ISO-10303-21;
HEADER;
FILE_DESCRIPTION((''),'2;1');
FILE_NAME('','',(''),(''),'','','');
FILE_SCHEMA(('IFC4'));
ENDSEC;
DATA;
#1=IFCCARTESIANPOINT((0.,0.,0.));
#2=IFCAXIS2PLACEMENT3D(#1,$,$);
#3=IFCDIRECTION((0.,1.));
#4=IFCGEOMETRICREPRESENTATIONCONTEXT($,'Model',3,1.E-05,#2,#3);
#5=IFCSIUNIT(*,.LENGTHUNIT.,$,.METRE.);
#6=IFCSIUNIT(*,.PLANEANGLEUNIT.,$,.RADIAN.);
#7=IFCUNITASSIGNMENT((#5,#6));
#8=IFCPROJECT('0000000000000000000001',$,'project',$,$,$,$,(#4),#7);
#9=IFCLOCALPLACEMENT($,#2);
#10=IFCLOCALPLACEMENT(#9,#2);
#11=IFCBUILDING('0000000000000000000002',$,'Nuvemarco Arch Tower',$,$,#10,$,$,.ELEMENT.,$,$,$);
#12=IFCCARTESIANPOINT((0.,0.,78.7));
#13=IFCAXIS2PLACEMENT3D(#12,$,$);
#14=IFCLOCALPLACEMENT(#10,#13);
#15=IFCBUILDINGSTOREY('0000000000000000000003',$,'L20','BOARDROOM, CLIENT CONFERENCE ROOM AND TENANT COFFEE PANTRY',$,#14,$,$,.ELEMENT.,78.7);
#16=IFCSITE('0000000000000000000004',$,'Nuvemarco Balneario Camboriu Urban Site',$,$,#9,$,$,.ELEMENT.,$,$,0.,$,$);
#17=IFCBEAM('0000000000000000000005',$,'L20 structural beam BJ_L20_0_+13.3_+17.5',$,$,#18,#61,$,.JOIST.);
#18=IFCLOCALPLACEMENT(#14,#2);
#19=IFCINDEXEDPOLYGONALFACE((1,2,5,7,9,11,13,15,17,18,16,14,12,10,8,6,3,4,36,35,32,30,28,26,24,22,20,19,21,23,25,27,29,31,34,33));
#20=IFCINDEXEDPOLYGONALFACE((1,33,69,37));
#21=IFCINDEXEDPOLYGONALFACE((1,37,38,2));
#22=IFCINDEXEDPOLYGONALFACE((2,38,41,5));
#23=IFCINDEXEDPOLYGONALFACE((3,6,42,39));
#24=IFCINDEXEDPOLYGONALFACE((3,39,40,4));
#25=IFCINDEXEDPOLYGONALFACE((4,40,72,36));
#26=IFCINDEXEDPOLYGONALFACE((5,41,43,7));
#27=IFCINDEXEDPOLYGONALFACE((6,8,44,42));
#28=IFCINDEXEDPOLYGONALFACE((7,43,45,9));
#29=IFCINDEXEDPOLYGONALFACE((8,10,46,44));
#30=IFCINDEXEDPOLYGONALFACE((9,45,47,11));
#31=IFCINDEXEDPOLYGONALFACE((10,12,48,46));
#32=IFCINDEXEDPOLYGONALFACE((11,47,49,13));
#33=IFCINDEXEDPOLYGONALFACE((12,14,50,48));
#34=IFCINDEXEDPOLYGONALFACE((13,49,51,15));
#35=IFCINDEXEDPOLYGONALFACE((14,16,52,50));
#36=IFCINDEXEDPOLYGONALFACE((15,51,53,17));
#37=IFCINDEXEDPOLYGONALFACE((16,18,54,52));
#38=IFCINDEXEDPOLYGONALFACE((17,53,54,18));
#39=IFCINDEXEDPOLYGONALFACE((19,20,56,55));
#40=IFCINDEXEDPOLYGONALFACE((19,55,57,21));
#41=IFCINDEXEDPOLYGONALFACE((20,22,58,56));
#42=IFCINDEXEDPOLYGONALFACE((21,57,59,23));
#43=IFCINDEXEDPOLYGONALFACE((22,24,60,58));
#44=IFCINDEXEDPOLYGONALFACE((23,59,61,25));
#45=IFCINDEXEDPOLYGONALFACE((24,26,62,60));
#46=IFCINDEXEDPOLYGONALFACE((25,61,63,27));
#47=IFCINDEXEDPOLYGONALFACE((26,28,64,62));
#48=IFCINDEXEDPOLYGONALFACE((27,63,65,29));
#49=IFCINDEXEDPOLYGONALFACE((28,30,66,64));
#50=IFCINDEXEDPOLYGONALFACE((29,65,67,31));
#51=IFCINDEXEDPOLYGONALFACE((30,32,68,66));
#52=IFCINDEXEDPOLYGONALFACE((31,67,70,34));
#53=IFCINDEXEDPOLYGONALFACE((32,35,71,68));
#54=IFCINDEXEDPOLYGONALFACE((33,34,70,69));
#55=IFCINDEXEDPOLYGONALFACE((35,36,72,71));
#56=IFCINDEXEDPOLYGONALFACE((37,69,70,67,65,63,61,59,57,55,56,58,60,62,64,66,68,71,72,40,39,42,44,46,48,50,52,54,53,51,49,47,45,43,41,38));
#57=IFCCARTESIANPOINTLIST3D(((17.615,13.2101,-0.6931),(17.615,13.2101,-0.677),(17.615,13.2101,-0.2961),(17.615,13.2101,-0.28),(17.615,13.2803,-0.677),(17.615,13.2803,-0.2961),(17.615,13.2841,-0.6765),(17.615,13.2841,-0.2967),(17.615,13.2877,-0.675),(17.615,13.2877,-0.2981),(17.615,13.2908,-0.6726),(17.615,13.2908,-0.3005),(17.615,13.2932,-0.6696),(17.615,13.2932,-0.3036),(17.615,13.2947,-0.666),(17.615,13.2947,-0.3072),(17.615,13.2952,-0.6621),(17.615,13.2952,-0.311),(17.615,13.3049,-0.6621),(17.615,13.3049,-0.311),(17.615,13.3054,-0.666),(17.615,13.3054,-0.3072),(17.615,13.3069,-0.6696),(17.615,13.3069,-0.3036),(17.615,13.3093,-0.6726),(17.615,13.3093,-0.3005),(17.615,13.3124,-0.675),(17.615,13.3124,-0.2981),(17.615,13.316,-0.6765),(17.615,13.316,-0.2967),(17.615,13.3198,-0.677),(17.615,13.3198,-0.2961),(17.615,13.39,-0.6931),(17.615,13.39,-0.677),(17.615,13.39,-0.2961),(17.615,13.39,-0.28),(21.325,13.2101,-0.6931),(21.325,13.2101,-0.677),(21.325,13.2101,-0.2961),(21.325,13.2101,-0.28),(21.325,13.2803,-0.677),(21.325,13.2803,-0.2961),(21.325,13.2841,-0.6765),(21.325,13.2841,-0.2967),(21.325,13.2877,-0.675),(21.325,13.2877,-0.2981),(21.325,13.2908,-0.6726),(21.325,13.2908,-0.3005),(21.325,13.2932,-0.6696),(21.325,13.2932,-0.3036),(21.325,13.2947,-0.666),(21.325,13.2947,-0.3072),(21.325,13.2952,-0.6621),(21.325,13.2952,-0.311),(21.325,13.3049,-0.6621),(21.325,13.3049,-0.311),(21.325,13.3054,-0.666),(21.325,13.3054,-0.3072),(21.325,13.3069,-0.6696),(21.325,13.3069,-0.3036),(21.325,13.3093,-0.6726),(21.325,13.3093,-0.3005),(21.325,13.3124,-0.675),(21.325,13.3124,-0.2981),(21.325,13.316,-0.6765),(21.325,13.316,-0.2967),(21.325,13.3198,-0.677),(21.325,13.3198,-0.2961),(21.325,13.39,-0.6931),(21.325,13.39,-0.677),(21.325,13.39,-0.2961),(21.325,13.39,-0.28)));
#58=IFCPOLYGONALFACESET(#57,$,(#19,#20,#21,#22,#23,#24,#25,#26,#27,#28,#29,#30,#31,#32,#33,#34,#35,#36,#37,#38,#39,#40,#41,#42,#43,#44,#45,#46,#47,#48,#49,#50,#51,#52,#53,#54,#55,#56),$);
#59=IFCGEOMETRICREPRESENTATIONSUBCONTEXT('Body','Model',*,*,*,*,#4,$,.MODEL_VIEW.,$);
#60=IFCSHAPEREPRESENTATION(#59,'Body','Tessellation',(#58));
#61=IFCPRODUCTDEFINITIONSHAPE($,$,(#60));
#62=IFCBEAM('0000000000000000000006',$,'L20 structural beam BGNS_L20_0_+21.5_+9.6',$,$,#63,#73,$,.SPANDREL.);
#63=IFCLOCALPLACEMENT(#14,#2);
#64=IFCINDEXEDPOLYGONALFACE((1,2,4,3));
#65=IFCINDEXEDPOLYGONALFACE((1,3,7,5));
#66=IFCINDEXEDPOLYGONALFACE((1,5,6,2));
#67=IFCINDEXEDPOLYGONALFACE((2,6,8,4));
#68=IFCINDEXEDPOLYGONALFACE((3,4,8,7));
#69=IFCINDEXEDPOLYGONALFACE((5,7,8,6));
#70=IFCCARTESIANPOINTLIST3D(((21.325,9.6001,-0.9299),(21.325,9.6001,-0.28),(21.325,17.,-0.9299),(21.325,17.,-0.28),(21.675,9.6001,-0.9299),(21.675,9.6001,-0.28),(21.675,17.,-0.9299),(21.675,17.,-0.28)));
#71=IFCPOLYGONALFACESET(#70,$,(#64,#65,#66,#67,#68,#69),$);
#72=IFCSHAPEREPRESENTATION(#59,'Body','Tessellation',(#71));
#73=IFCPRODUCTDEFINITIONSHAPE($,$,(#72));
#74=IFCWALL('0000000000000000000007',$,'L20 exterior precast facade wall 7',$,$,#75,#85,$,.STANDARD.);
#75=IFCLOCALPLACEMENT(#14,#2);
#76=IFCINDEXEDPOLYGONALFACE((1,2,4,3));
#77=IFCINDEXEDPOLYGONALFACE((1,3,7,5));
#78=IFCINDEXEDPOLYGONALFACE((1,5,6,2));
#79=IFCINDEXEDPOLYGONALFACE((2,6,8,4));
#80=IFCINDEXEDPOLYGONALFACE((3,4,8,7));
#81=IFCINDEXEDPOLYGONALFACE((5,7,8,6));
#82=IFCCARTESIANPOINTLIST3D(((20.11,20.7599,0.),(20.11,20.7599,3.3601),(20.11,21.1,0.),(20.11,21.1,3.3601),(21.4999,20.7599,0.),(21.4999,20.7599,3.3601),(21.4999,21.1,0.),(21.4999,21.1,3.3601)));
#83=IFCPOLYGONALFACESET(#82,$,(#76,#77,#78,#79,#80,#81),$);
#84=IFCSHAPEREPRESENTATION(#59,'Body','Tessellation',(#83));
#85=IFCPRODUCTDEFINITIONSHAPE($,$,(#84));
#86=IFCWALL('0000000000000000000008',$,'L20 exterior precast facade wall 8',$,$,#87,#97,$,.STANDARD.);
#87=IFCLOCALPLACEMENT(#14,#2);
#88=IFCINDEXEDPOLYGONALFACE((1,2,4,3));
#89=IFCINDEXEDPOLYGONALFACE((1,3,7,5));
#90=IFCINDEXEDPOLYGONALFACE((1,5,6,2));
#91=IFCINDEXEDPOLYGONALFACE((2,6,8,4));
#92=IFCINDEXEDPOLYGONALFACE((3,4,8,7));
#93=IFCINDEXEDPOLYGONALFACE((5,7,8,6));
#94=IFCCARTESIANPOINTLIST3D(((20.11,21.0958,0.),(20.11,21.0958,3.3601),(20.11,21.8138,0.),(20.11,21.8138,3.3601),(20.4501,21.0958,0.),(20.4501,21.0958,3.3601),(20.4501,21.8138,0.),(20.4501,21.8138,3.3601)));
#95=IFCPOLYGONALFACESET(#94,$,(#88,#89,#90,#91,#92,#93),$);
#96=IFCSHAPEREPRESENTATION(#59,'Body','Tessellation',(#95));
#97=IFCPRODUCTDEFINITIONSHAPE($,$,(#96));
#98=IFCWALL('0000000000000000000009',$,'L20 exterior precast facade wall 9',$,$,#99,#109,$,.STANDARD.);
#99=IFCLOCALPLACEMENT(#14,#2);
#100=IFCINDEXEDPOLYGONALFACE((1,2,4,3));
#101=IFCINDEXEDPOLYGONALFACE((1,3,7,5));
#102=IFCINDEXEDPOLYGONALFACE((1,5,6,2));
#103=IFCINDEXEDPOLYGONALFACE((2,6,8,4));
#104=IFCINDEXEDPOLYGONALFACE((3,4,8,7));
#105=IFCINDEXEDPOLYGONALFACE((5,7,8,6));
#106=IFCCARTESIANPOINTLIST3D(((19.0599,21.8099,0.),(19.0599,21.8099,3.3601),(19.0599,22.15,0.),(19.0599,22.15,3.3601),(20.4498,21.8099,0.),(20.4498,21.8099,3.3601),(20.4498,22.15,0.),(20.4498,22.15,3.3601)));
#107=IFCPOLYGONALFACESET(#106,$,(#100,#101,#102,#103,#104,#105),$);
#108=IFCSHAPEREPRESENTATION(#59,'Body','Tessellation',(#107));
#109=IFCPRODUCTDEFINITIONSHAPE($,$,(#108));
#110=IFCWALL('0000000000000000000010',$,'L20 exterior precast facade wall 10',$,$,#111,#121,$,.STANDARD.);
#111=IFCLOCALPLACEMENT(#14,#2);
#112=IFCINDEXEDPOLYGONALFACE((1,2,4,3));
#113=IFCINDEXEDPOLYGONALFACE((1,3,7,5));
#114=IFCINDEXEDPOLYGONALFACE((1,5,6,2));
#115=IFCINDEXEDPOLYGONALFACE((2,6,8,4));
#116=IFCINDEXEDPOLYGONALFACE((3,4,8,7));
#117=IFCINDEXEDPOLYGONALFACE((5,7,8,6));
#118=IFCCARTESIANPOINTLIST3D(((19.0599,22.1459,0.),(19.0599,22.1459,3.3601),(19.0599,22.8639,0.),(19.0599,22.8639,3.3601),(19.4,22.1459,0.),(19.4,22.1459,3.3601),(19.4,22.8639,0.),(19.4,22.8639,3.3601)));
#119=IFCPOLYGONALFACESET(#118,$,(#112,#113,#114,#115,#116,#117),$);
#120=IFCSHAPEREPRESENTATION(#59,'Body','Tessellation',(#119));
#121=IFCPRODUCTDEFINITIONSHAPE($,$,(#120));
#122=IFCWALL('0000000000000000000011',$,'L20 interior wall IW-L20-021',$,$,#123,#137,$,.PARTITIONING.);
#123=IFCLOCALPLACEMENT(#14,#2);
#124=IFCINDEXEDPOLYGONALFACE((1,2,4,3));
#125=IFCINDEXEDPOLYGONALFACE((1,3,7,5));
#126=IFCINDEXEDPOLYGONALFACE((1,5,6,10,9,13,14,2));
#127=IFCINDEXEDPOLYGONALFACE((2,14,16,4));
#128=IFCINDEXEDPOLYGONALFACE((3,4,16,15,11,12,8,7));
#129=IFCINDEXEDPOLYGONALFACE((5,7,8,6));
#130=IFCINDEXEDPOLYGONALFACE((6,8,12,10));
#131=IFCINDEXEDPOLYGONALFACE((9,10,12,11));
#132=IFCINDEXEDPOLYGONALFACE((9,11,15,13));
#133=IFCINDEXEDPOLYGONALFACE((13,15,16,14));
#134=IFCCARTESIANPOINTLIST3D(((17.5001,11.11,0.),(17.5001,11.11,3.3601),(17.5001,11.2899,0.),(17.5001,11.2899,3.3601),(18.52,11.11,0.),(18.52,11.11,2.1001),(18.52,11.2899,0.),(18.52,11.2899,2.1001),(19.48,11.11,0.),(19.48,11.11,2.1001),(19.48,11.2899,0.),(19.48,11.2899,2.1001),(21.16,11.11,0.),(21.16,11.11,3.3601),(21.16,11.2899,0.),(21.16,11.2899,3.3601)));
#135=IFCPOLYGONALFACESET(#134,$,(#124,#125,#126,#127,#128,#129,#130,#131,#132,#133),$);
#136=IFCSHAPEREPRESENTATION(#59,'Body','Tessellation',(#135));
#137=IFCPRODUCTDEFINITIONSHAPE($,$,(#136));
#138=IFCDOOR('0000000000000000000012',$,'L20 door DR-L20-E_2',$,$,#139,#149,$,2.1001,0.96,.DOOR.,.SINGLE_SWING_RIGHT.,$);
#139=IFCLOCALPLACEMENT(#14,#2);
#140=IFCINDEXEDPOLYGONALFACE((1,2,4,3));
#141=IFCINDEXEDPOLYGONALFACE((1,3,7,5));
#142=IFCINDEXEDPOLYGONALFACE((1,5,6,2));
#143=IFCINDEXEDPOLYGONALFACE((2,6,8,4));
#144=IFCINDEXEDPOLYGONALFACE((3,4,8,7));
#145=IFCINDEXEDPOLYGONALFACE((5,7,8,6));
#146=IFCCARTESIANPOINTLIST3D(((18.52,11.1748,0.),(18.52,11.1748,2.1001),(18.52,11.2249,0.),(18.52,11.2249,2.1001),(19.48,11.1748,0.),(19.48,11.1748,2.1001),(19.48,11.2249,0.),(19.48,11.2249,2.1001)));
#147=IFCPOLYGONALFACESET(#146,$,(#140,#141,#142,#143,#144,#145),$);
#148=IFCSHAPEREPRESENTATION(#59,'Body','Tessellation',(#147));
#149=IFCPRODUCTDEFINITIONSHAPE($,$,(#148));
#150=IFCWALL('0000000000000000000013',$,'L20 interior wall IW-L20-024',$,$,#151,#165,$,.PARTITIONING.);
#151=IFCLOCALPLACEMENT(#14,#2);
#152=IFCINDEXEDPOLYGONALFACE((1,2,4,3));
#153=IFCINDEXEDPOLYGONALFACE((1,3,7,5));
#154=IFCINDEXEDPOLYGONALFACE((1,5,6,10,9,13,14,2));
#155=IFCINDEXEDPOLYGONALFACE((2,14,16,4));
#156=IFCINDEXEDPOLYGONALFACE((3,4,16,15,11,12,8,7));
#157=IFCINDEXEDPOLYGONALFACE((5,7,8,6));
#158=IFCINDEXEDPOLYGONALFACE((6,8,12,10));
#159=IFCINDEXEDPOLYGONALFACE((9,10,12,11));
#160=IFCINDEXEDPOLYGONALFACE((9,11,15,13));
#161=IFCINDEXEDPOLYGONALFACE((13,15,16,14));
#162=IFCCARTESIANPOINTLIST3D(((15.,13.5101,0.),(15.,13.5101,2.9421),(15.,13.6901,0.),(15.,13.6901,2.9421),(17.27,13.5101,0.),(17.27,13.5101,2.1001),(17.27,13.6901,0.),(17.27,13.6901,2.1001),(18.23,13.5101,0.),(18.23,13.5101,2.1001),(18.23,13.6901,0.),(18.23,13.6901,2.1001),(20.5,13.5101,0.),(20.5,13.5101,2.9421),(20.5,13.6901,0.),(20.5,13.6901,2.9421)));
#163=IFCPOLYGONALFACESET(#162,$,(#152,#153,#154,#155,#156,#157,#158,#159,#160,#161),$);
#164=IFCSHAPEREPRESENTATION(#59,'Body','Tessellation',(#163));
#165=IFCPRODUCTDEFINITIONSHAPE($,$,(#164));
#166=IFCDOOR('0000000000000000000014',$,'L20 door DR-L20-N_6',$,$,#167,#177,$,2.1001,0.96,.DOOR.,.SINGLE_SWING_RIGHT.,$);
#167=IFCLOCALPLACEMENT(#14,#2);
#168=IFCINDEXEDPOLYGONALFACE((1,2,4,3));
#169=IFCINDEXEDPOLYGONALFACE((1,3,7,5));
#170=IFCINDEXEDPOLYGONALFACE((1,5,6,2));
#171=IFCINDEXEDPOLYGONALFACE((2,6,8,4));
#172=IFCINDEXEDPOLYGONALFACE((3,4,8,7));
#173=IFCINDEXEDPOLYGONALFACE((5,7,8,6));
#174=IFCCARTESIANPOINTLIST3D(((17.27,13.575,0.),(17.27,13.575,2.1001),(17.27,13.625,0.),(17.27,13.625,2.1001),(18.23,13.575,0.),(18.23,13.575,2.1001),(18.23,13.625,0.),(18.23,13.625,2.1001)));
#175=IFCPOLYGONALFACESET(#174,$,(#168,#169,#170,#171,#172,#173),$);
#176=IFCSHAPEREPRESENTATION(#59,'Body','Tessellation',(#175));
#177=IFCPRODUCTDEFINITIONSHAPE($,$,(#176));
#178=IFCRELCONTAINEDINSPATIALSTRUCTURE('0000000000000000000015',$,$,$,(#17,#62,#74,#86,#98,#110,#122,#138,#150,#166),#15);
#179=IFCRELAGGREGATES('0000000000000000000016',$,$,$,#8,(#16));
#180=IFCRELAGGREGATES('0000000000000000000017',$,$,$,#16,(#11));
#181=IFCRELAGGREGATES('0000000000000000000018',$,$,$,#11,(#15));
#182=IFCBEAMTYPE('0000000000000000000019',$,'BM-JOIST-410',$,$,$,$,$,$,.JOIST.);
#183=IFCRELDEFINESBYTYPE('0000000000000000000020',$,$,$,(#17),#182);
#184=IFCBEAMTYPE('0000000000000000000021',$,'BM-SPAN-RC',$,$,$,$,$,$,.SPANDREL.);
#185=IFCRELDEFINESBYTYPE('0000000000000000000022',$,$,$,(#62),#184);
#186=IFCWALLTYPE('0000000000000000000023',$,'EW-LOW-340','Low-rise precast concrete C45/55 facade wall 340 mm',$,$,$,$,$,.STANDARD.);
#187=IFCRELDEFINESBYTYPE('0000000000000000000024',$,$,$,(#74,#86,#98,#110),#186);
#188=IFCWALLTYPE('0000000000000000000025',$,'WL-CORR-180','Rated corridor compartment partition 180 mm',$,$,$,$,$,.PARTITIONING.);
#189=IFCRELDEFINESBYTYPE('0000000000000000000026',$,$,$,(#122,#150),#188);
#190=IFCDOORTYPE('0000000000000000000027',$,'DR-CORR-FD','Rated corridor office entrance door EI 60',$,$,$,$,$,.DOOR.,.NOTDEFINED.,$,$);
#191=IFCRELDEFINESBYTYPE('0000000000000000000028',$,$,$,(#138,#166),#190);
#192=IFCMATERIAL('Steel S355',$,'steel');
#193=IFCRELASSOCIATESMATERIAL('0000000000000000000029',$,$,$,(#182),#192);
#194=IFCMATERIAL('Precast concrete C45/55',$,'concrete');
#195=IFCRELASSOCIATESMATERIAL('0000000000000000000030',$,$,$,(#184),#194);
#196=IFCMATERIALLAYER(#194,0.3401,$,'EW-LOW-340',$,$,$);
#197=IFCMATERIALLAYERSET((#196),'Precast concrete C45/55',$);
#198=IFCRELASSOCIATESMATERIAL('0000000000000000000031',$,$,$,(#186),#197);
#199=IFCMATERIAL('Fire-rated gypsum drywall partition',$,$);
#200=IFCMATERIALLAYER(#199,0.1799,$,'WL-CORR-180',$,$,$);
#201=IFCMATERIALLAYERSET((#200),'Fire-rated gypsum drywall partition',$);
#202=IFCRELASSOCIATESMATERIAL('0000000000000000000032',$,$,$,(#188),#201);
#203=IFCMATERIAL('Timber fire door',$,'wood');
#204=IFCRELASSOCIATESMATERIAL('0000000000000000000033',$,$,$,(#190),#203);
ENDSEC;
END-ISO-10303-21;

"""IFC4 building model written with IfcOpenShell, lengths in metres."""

from ifc_helpers import new_model, si_unit, direction, frame, frame_2d, origin, origin_2d, place, context, subcontext, project, spatial, rectangle, i_section, extrude, source, transform, mapped, material, layer, layer_set, material_profile, profile_set, type_object, type_shapes, element, fill, save


model = new_model("IFC4")

# Units and contexts
model_context = context("Model", 3, precision=1e-05, world=origin(), true_north=direction((0.0, 1.0)))
body_context = subcontext(model_context, "Body", "Model", "MODEL_VIEW")
ifc_project = project(units=[si_unit("LENGTHUNIT", "METRE"), si_unit("PLANEANGLEUNIT", "RADIAN")], contexts=[model_context])

# Site, building, storey
site_placement = place(None, origin())
site = spatial("IfcSite", under=ifc_project, at=site_placement, Name="Nuvemarco Balneario Camboriu Urban Site", CompositionType="ELEMENT", RefElevation=0.0)
building_placement = place(site_placement, origin())
building = spatial("IfcBuilding", under=site, at=building_placement, Name="Nuvemarco Arch Tower", CompositionType="ELEMENT")
storey_placement = place(building_placement, frame((0.0, 0.0, 78.7)))
storey = spatial("IfcBuildingStorey", under=building, at=storey_placement, Name="L20", Description="BOARDROOM, CLIENT CONFERENCE ROOM AND TENANT COFFEE PANTRY", CompositionType="ELEMENT", Elevation=78.7)

# Shared definitions
ifc_material_1 = material(Name="Steel S355", Category="steel")

# Beams
ifc_material_profile_1 = material_profile(ifc_material_1, i_section(OverallWidth=0.1799, OverallDepth=0.4131, WebThickness=0.0098, FlangeThickness=0.0161, FilletRadius=0.0149, at=origin_2d()), Name="W410x75")
ifc_profile_set_1 = profile_set([ifc_material_profile_1], Name="Steel S355")
beam_type_1 = type_object("IfcBeamType", Name="BM-JOIST-410", PredefinedType="JOIST", material=ifc_profile_set_1)
beam_1_placement = place(storey_placement, frame((17.615, 13.3, -0.4866), z_axis=(1.0, 0.0, 0.0), x_axis=(0.0, 1.0, 0.0)))
element("IfcBeam", 1, at=beam_1_placement, inside=storey, type_object=beam_type_1, Name="L20 structural beam BJ_L20_0_+13.3_+17.5", PredefinedType="JOIST", context=body_context, shape_type="SweptSolid", body=[
    extrude(i_section(OverallWidth=0.1799, OverallDepth=0.4131, WebThickness=0.0098, FlangeThickness=0.0161, FilletRadius=0.0149, at=origin_2d()), origin(), (0.0, 0.0, 1.0), 3.71),
])
ifc_material_2 = material(Name="Precast concrete C45/55", Category="concrete")
ifc_material_profile_2 = material_profile(ifc_material_2, rectangle(XDim=0.3501, YDim=0.6499, at=origin_2d()), Name="PC-SP-350x650")
ifc_profile_set_2 = profile_set([ifc_material_profile_2], Name="Precast concrete C45/55")
beam_type_2 = type_object("IfcBeamType", Name="BM-SPAN-RC", PredefinedType="SPANDREL", material=ifc_profile_set_2)
beam_2_placement = place(storey_placement, frame((21.5, 9.6001, -0.605), z_axis=(0.0, 1.0, 0.0), x_axis=(-1.0, 0.0, 0.0)))
element("IfcBeam", 2, at=beam_2_placement, inside=storey, type_object=beam_type_2, Name="L20 structural beam BGNS_L20_0_+21.5_+9.6", PredefinedType="SPANDREL", context=body_context, shape_type="SweptSolid", body=[
    extrude(rectangle(XDim=0.3501, YDim=0.6499, at=origin_2d()), origin(), (0.0, 0.0, 1.0), 7.3999),
])

# Walls
ifc_layer_1 = layer(ifc_material_2, 0.3401, Name="EW-LOW-340")
ifc_layer_set_1 = layer_set([ifc_layer_1], Name="Precast concrete C45/55")
wall_type_1 = type_object("IfcWallType", Name="EW-LOW-340", Description="Low-rise precast concrete C45/55 facade wall 340 mm", PredefinedType="STANDARD", material=ifc_layer_set_1)
wall_1_placement = place(storey_placement, frame((20.1101, 20.9299, 0.0), z_axis=(0.0, 0.0, 1.0), x_axis=(1.0, 0.0, 0.0)))
element("IfcWall", 3, at=wall_1_placement, inside=storey, type_object=wall_type_1, Name="L20 exterior precast facade wall 7", PredefinedType="STANDARD", context=body_context, shape_type="SweptSolid", body=[
    extrude(rectangle(XDim=1.3899, YDim=0.3401, at=frame_2d((0.6948, 0.0))), origin(), (0.0, 0.0, 1.0), 3.3601),
])
wall_2_placement = place(storey_placement, frame((20.28, 21.0959, 0.0), z_axis=(0.0, 0.0, 1.0), x_axis=(0.0, 1.0, 0.0)))
element("IfcWall", 4, at=wall_2_placement, inside=storey, type_object=wall_type_1, Name="L20 exterior precast facade wall 8", PredefinedType="STANDARD", context=body_context, shape_type="SweptSolid", body=[
    extrude(rectangle(XDim=0.718, YDim=0.3401, at=frame_2d((0.3589, 0.0))), origin(), (0.0, 0.0, 1.0), 3.3601),
])
wall_3_placement = place(storey_placement, frame((19.0601, 21.98, 0.0), z_axis=(0.0, 0.0, 1.0), x_axis=(1.0, 0.0, 0.0)))
element("IfcWall", 5, at=wall_3_placement, inside=storey, type_object=wall_type_1, Name="L20 exterior precast facade wall 9", PredefinedType="STANDARD", context=body_context, shape_type="SweptSolid", body=[
    extrude(rectangle(XDim=1.3899, YDim=0.3401, at=frame_2d((0.6948, 0.0))), origin(), (0.0, 0.0, 1.0), 3.3601),
])
wall_4_placement = place(storey_placement, frame((19.23, 22.146, 0.0), z_axis=(0.0, 0.0, 1.0), x_axis=(0.0, 1.0, 0.0)))
element("IfcWall", 6, at=wall_4_placement, inside=storey, type_object=wall_type_1, Name="L20 exterior precast facade wall 10", PredefinedType="STANDARD", context=body_context, shape_type="SweptSolid", body=[
    extrude(rectangle(XDim=0.718, YDim=0.3401, at=frame_2d((0.3589, 0.0))), origin(), (0.0, 0.0, 1.0), 3.3601),
])

# Walls, openings, doors
ifc_material_3 = material(Name="Fire-rated gypsum drywall partition")
ifc_layer_2 = layer(ifc_material_3, 0.1799, Name="WL-CORR-180")
ifc_layer_set_2 = layer_set([ifc_layer_2], Name="Fire-rated gypsum drywall partition")
wall_type_2 = type_object("IfcWallType", Name="WL-CORR-180", Description="Rated corridor compartment partition 180 mm", PredefinedType="PARTITIONING", material=ifc_layer_set_2)
wall_5_placement = place(storey_placement, frame((17.5, 11.2, 0.0), z_axis=(0.0, 0.0, 1.0), x_axis=(1.0, 0.0, 0.0)))
wall_5 = element("IfcWall", 7, at=wall_5_placement, inside=storey, type_object=wall_type_2, Name="L20 interior wall IW-L20-021", PredefinedType="PARTITIONING", context=body_context, shape_type="SweptSolid", body=[
    extrude(rectangle(XDim=3.6599, YDim=0.1799, at=frame_2d((1.8301, 0.0))), origin(), (0.0, 0.0, 1.0), 3.3601),
])
opening_1_placement = place(wall_5_placement, frame((1.02, 0.0, 0.0)))
opening_1 = element("IfcOpeningElement", 8, at=opening_1_placement, cuts=wall_5, PredefinedType="OPENING", context=body_context, shape_type="SweptSolid", body=[
    extrude(rectangle(XDim=0.96, YDim=2.1001, at=frame_2d((0.48, 1.05))), frame((0.0, 0.0999, 0.0), z_axis=(0.0, -1.0, 0.0), x_axis=(1.0, 0.0, 0.0)), (0.0, 0.0, 1.0), 0.2),
])
ifc_material_4 = material(Name="Timber fire door", Category="wood")
door_type = type_object("IfcDoorType", Name="DR-CORR-FD", Description="Rated corridor office entrance door EI 60", OperationType="NOTDEFINED", PredefinedType="DOOR", material=ifc_material_4)
shared_shape_1 = source(origin(), body_context, "Body", "SweptSolid", [
    extrude(rectangle(XDim=0.96, YDim=2.1001, at=frame_2d((0.48, 1.05))), frame((0.0, 0.0249, 0.0), z_axis=(0.0, -1.0, 0.0), x_axis=(1.0, 0.0, 0.0)), (0.0, 0.0, 1.0), 0.05),
])
type_shapes(door_type, [shared_shape_1])
door_1_placement = place(opening_1_placement, origin())
door_1 = element("IfcDoor", 9, at=door_1_placement, inside=storey, type_object=door_type, Name="L20 door DR-L20-E_2", OperationType="SINGLE_SWING_RIGHT", OverallHeight=2.1001, OverallWidth=0.96, PredefinedType="DOOR", context=body_context, shape_type="MappedRepresentation", body=[
    mapped(shared_shape_1, transform((0.0, 0.0, 0.0), scale=1.0)),
])
fill(opening_1, door_1)
wall_6_placement = place(storey_placement, frame((15.0, 13.6001, 0.0), z_axis=(0.0, 0.0, 1.0), x_axis=(1.0, 0.0, 0.0)))
wall_6 = element("IfcWall", 10, at=wall_6_placement, inside=storey, type_object=wall_type_2, Name="L20 interior wall IW-L20-024", PredefinedType="PARTITIONING", context=body_context, shape_type="SweptSolid", body=[
    extrude(rectangle(XDim=5.5, YDim=0.1799, at=frame_2d((2.75, 0.0))), origin(), (0.0, 0.0, 1.0), 2.9421),
])
opening_2_placement = place(wall_6_placement, frame((2.27, 0.0, 0.0)))
opening_2 = element("IfcOpeningElement", 11, at=opening_2_placement, cuts=wall_6, PredefinedType="OPENING", context=body_context, shape_type="SweptSolid", body=[
    extrude(rectangle(XDim=0.96, YDim=2.1001, at=frame_2d((0.48, 1.05))), frame((0.0, 0.0999, 0.0), z_axis=(0.0, -1.0, 0.0), x_axis=(1.0, 0.0, 0.0)), (0.0, 0.0, 1.0), 0.2),
])
door_2_placement = place(opening_2_placement, origin())
door_2 = element("IfcDoor", 12, at=door_2_placement, inside=storey, type_object=door_type, Name="L20 door DR-L20-N_6", OperationType="SINGLE_SWING_RIGHT", OverallHeight=2.1001, OverallWidth=0.96, PredefinedType="DOOR", context=body_context, shape_type="MappedRepresentation", body=[
    mapped(shared_shape_1, transform((0.0, 0.0, 0.0), scale=1.0)),
])
fill(opening_2, door_2)

save(model, "model.ifc")
